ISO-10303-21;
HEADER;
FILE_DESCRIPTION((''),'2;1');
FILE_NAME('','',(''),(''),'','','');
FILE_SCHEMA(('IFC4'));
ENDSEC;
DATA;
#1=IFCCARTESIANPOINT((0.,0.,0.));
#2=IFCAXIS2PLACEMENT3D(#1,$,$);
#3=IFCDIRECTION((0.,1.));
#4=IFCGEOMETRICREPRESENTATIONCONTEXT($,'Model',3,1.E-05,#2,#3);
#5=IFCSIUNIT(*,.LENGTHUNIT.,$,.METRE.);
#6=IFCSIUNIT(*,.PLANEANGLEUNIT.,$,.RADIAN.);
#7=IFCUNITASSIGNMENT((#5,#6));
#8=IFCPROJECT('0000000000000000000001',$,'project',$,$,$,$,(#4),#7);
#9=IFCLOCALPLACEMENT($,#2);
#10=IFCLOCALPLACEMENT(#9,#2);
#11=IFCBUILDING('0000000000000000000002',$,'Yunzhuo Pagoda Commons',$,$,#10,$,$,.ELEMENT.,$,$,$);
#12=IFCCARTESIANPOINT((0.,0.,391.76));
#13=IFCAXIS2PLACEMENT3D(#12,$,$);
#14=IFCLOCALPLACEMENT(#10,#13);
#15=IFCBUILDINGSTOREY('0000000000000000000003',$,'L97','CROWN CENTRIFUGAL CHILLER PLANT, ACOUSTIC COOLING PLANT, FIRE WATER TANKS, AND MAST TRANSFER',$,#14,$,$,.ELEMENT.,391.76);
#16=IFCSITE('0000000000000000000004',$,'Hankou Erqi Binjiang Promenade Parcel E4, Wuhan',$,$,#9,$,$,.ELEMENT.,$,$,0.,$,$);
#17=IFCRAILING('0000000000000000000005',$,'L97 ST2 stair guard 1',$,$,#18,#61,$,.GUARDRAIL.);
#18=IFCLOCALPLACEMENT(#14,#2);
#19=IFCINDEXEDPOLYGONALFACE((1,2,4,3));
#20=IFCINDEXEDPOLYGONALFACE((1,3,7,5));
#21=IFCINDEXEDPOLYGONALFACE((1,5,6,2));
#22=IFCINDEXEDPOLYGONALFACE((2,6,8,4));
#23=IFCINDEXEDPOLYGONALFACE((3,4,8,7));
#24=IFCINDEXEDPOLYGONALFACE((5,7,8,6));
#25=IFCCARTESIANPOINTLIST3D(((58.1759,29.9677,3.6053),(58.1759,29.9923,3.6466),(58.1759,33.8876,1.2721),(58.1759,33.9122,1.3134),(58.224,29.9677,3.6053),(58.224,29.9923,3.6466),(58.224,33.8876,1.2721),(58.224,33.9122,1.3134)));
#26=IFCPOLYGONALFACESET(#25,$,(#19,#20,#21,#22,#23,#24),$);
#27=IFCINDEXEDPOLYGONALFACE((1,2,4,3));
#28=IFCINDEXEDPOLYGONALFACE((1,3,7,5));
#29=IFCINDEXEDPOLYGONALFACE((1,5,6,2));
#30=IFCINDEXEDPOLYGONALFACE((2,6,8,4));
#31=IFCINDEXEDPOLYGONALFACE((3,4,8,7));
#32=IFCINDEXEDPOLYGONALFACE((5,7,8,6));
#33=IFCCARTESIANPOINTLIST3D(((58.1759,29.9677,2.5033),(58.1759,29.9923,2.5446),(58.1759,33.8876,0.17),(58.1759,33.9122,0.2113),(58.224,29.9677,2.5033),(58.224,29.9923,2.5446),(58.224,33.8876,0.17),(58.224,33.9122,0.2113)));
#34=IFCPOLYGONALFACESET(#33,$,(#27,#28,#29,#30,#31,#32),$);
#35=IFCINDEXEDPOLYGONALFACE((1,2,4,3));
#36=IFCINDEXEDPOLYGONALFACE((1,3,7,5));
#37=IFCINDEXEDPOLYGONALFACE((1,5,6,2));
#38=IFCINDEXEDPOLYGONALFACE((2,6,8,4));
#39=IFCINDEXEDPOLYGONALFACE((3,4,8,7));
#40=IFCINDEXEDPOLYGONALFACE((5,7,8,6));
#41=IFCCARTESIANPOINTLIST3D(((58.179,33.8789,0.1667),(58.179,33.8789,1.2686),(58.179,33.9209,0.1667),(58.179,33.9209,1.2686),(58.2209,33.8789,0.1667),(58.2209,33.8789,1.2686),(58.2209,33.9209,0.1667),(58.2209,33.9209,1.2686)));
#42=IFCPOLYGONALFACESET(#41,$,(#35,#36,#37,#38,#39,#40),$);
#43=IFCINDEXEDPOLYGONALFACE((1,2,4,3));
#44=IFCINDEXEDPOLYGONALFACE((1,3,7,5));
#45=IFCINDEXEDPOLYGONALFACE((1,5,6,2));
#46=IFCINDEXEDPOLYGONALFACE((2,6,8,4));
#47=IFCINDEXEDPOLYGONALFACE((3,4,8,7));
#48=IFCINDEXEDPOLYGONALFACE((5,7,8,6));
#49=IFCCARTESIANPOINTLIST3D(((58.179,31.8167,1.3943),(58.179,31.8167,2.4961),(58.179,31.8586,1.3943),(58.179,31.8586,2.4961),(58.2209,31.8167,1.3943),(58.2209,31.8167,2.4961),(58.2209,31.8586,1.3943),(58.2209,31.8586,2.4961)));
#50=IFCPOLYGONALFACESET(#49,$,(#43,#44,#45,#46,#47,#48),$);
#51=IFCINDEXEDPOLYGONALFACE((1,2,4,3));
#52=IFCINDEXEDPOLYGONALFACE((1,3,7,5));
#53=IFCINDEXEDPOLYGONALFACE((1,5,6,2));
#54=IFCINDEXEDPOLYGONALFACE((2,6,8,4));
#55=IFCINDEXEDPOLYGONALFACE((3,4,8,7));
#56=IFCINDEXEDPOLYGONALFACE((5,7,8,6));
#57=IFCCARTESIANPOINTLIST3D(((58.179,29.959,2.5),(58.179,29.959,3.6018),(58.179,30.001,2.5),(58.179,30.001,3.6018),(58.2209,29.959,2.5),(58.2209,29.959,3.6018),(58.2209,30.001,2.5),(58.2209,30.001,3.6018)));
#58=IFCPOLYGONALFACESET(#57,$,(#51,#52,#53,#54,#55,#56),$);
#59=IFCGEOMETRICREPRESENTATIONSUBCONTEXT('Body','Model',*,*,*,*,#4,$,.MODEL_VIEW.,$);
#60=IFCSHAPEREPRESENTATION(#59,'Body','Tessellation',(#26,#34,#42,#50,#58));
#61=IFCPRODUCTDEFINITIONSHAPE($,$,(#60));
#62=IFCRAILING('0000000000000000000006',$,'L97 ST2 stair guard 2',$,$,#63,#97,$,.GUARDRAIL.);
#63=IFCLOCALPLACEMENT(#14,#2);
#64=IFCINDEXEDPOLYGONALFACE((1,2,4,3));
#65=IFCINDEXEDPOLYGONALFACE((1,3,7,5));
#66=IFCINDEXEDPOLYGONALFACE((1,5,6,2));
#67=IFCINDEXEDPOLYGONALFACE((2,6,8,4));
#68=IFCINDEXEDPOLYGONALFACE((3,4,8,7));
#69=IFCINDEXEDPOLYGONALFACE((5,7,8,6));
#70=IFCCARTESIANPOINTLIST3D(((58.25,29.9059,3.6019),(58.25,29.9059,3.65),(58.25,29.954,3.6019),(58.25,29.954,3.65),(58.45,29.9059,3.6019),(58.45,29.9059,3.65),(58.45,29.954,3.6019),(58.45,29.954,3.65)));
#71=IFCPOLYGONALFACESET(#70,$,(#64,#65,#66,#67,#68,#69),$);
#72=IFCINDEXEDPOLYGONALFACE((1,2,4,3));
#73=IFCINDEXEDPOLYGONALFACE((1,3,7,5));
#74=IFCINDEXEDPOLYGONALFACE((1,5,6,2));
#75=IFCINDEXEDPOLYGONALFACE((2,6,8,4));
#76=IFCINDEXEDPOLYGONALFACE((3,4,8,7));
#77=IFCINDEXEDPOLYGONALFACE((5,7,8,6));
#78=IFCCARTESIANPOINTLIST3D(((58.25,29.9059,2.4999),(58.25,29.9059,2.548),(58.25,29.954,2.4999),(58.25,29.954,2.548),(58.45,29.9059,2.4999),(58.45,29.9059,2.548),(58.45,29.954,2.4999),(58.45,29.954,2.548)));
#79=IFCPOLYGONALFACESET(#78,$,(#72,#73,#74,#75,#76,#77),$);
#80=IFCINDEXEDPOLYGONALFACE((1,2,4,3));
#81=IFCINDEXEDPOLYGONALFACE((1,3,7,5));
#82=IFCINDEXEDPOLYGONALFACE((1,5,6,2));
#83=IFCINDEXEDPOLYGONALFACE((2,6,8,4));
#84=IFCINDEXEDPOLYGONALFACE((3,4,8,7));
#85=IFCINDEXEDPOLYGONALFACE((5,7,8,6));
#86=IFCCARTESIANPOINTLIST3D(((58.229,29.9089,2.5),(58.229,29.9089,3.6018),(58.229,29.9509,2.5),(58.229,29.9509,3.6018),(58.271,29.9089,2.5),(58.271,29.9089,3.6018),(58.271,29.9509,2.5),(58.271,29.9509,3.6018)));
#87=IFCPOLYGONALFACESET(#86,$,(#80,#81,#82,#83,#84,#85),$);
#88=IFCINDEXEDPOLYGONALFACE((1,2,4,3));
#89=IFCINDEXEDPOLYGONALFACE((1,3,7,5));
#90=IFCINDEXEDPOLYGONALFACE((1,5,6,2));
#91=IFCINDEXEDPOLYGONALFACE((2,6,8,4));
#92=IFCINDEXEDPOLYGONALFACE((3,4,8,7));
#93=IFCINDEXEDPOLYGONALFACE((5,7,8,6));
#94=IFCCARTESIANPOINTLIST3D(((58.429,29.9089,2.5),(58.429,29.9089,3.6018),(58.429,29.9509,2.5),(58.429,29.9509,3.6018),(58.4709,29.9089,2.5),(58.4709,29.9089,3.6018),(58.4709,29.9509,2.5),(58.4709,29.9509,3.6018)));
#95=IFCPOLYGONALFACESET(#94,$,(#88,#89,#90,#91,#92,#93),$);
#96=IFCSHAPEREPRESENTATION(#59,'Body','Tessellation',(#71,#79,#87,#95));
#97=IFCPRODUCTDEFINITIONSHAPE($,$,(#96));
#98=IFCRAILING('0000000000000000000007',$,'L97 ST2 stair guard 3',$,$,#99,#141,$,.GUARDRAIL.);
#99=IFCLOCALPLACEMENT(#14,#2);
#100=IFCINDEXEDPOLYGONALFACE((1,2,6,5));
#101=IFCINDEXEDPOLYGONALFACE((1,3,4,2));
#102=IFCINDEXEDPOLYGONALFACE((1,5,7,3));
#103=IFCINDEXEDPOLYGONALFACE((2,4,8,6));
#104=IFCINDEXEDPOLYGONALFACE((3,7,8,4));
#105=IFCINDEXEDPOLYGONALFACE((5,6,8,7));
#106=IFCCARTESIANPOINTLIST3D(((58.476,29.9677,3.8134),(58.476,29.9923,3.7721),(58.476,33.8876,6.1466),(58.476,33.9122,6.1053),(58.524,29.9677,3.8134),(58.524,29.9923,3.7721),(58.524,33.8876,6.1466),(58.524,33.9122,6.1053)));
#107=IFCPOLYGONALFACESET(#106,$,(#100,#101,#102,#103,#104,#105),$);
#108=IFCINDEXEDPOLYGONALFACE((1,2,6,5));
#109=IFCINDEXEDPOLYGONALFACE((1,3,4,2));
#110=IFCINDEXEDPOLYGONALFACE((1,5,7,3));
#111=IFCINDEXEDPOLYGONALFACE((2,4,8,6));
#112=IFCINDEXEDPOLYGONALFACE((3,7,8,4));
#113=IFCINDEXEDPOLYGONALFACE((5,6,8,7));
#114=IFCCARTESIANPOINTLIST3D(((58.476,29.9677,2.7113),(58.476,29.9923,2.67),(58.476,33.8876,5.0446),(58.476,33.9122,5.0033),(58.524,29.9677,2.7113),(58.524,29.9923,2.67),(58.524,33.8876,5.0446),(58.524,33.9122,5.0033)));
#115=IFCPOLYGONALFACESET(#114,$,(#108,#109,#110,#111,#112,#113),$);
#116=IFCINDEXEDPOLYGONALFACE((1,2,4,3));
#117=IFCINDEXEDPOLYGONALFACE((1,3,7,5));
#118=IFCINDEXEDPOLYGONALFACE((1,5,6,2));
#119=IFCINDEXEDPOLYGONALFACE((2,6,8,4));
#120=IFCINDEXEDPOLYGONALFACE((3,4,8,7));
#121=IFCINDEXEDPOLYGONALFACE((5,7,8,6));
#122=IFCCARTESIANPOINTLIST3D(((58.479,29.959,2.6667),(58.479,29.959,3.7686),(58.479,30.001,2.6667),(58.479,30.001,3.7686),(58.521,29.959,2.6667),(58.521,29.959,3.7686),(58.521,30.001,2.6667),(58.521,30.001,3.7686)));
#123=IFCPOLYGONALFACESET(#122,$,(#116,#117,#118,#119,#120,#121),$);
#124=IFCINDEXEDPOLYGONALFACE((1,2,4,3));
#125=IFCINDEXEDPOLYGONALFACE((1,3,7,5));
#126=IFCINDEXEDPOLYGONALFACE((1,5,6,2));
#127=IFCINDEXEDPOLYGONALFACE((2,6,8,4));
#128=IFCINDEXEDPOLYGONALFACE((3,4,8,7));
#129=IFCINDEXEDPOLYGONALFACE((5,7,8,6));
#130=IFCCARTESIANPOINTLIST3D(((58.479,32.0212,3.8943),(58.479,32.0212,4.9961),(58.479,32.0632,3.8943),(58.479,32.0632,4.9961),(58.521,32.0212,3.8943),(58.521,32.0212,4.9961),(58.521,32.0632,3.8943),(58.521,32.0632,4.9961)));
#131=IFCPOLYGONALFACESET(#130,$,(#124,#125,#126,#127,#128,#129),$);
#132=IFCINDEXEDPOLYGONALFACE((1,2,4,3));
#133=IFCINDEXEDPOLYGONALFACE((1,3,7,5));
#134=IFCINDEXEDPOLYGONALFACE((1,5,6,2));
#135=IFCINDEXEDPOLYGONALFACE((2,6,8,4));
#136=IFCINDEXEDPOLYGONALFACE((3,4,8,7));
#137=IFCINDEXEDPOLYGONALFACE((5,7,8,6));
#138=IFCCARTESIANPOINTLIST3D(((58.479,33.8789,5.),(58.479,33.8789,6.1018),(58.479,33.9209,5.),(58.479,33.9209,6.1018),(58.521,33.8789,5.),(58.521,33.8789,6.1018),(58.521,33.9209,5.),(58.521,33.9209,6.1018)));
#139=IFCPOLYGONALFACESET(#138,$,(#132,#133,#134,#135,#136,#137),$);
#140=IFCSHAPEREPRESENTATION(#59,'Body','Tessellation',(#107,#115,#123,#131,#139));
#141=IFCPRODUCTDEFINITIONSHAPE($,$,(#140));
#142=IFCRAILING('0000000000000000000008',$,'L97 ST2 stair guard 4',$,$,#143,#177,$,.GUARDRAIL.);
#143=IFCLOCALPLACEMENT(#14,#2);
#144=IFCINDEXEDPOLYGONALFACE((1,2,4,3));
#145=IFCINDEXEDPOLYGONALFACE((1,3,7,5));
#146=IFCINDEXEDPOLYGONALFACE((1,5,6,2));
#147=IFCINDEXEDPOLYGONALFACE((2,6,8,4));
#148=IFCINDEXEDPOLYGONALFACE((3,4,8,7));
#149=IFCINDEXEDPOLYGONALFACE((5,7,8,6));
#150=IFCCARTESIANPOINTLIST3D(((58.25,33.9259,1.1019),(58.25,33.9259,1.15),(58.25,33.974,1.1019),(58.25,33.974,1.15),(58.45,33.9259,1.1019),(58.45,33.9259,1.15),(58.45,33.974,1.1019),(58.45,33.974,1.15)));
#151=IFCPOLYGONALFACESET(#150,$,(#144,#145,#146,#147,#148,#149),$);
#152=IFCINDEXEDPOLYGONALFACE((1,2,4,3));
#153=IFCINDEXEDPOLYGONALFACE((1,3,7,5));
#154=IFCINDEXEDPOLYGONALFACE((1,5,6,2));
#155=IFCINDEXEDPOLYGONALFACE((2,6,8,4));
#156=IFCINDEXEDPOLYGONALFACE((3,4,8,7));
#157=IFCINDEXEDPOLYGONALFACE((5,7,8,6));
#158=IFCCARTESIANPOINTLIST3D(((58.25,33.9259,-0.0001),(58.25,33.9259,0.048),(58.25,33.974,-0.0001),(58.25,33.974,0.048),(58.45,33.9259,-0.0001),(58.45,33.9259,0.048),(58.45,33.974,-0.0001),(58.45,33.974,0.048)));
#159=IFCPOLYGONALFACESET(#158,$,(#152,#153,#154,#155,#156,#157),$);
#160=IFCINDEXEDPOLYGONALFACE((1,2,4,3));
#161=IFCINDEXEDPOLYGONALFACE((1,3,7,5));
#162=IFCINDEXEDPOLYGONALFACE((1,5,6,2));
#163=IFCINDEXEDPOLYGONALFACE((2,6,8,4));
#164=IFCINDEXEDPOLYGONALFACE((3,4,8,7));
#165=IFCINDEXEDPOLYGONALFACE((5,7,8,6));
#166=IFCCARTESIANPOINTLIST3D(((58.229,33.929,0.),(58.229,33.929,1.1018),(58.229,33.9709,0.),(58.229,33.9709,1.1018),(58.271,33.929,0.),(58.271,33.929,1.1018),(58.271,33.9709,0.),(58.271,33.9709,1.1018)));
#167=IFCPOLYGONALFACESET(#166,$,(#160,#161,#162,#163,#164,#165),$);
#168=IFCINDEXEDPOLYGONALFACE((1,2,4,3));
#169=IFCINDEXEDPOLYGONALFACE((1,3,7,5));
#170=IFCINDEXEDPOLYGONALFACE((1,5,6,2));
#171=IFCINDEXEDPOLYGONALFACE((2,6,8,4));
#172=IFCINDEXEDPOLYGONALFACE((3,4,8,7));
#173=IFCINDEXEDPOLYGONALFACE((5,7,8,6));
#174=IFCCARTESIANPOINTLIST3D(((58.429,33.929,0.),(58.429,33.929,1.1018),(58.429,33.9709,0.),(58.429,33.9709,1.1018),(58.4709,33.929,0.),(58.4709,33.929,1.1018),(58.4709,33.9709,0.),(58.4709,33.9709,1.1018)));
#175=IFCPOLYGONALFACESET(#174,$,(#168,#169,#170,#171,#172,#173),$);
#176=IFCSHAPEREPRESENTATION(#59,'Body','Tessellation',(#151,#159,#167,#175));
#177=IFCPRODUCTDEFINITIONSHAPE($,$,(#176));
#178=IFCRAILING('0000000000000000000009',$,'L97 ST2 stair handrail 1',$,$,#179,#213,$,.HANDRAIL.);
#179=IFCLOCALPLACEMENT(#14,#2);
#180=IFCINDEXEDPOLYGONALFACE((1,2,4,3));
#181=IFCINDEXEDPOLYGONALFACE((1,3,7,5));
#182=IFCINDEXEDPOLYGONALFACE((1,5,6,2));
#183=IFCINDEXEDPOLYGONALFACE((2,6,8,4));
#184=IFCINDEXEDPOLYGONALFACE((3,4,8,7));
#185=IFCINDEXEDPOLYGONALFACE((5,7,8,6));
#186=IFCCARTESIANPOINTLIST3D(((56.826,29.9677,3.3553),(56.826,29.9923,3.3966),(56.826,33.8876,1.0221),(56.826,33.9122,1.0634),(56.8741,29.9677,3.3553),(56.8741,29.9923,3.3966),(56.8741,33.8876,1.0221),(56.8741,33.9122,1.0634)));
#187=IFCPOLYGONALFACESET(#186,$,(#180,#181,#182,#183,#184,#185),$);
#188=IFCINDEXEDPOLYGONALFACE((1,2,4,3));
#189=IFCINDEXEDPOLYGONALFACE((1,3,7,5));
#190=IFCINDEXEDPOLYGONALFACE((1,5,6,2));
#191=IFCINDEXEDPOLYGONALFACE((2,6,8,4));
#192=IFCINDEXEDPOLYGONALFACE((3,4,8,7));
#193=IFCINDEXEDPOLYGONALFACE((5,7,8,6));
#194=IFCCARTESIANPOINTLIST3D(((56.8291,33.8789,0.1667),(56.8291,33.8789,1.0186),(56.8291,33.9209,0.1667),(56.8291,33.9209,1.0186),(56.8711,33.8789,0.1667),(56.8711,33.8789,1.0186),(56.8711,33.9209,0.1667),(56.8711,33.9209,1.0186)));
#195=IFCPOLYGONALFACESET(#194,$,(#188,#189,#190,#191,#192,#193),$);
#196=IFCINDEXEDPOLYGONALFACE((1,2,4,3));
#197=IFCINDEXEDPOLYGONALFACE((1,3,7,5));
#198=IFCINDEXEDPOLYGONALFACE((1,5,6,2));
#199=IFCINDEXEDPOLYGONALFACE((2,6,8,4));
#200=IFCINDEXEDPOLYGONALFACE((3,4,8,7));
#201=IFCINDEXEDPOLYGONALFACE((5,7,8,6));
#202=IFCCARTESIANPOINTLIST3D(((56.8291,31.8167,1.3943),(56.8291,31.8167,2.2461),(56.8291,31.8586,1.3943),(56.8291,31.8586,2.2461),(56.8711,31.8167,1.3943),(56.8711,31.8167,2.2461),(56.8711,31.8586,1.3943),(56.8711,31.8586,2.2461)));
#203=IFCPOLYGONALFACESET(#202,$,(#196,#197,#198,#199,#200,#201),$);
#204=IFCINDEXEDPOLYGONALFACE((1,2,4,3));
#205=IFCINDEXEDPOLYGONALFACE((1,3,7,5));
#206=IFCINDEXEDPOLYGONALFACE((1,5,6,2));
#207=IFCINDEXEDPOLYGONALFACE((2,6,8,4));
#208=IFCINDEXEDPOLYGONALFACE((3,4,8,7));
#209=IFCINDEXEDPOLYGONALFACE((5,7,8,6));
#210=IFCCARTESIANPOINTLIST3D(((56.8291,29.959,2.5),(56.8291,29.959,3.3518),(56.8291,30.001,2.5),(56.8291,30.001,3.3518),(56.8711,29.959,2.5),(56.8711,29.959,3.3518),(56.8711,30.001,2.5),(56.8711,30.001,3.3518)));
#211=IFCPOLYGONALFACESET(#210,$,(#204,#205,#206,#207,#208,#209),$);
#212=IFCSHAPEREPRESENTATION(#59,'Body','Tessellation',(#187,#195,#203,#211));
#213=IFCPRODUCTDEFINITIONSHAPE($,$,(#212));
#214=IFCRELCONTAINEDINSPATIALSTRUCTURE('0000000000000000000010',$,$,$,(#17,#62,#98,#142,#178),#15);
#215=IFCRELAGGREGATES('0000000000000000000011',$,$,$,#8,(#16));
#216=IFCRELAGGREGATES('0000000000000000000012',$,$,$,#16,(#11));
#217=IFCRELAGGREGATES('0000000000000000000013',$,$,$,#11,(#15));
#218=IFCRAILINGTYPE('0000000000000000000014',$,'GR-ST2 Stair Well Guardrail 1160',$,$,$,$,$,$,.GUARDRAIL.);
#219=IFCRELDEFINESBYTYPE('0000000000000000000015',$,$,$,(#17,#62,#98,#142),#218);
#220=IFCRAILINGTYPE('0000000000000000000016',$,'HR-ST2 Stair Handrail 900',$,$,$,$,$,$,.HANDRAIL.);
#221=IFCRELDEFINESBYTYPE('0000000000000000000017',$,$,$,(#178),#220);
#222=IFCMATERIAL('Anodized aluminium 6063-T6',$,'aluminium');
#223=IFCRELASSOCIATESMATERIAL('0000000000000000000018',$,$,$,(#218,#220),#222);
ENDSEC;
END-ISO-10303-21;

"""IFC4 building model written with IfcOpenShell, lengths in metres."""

from ifc_helpers import new_model, si_unit, direction, frame, origin, origin_2d, place, context, subcontext, project, spatial, rectangle, extrude, material, type_object, element, save


model = new_model("IFC4")

# Units and contexts
model_context = context("Model", 3, precision=1e-05, world=origin(), true_north=direction((0.0, 1.0)))
body_context = subcontext(model_context, "Body", "Model", "MODEL_VIEW")
ifc_project = project(units=[si_unit("LENGTHUNIT", "METRE"), si_unit("PLANEANGLEUNIT", "RADIAN")], contexts=[model_context])

# Site, building, storey
site_placement = place(None, origin())
site = spatial("IfcSite", under=ifc_project, at=site_placement, Name="Hankou Erqi Binjiang Promenade Parcel E4, Wuhan", CompositionType="ELEMENT", RefElevation=0.0)
building_placement = place(site_placement, origin())
building = spatial("IfcBuilding", under=site, at=building_placement, Name="Yunzhuo Pagoda Commons", CompositionType="ELEMENT")
storey_placement = place(building_placement, frame((0.0, 0.0, 391.76)))
storey = spatial("IfcBuildingStorey", under=building, at=storey_placement, Name="L97", Description="CROWN CENTRIFUGAL CHILLER PLANT, ACOUSTIC COOLING PLANT, FIRE WATER TANKS, AND MAST TRANSFER", CompositionType="ELEMENT", Elevation=391.76)

# Railings
ifc_material_1 = material(Name="Anodized aluminium 6063-T6", Category="aluminium")
railing_type_1 = type_object("IfcRailingType", Name="GR-ST2 Stair Well Guardrail 1160", PredefinedType="GUARDRAIL", material=ifc_material_1)
railing_1_placement = place(storey_placement, frame((58.2, 33.8999, 0.1667)))
element("IfcRailing", 1, at=railing_1_placement, inside=storey, type_object=railing_type_1, Name="L97 ST2 stair guard 1", PredefinedType="GUARDRAIL", context=body_context, shape_type="SweptSolid", body=[
    extrude(rectangle(XDim=0.0481, YDim=0.0481, at=origin_2d()), frame((0.0, 0.0, 1.126), z_axis=(0.0, -0.859296, 0.511478), x_axis=(1.0, 0.0, 0.0)), (0.0, 0.0, 1.0), 4.5618),
    extrude(rectangle(XDim=0.0481, YDim=0.0481, at=origin_2d()), frame((0.0, 0.0, 0.0239), z_axis=(0.0, -0.859296, 0.511478), x_axis=(1.0, 0.0, 0.0)), (0.0, 0.0, 1.0), 4.5618),
    extrude(rectangle(XDim=0.042, YDim=0.042, at=origin_2d()), origin(), (0.0, 0.0, 1.0), 1.1018),
    extrude(rectangle(XDim=0.042, YDim=0.042, at=origin_2d()), frame((0.0, -2.0623, 1.2275)), (0.0, 0.0, 1.0), 1.1018),
    extrude(rectangle(XDim=0.042, YDim=0.042, at=origin_2d()), frame((0.0, -3.9199, 2.3333)), (0.0, 0.0, 1.0), 1.1018),
])
railing_2_placement = place(storey_placement, frame((58.25, 29.9299, 2.5)))
element("IfcRailing", 2, at=railing_2_placement, inside=storey, type_object=railing_type_1, Name="L97 ST2 stair guard 2", PredefinedType="GUARDRAIL", context=body_context, shape_type="SweptSolid", body=[
    extrude(rectangle(XDim=0.0481, YDim=0.0481, at=origin_2d()), frame((0.0, 0.0, 1.126), z_axis=(1.0, 0.0, 0.0), x_axis=(0.0, 1.0, 0.0)), (0.0, 0.0, 1.0), 0.2),
    extrude(rectangle(XDim=0.0481, YDim=0.0481, at=origin_2d()), frame((0.0, 0.0, 0.0239), z_axis=(1.0, 0.0, 0.0), x_axis=(0.0, 1.0, 0.0)), (0.0, 0.0, 1.0), 0.2),
    extrude(rectangle(XDim=0.042, YDim=0.042, at=origin_2d()), origin(), (0.0, 0.0, 1.0), 1.1018),
    extrude(rectangle(XDim=0.042, YDim=0.042, at=origin_2d()), frame((0.2, 0.0, 0.0)), (0.0, 0.0, 1.0), 1.1018),
])
railing_3_placement = place(storey_placement, frame((58.5, 29.98, 2.6667)))
element("IfcRailing", 3, at=railing_3_placement, inside=storey, type_object=railing_type_1, Name="L97 ST2 stair guard 3", PredefinedType="GUARDRAIL", context=body_context, shape_type="SweptSolid", body=[
    extrude(rectangle(XDim=0.0481, YDim=0.0481, at=origin_2d()), frame((0.0, 0.0, 1.126), z_axis=(0.0, 0.859296, 0.511478), x_axis=(-1.0, 0.0, 0.0)), (0.0, 0.0, 1.0), 4.5618),
    extrude(rectangle(XDim=0.0481, YDim=0.0481, at=origin_2d()), frame((0.0, 0.0, 0.0239), z_axis=(0.0, 0.859296, 0.511478), x_axis=(-1.0, 0.0, 0.0)), (0.0, 0.0, 1.0), 4.5618),
    extrude(rectangle(XDim=0.042, YDim=0.042, at=origin_2d()), origin(), (0.0, 0.0, 1.0), 1.1018),
    extrude(rectangle(XDim=0.042, YDim=0.042, at=origin_2d()), frame((0.0, 2.0623, 1.2275)), (0.0, 0.0, 1.0), 1.1018),
    extrude(rectangle(XDim=0.042, YDim=0.042, at=origin_2d()), frame((0.0, 3.9199, 2.3333)), (0.0, 0.0, 1.0), 1.1018),
])
railing_4_placement = place(storey_placement, frame((58.25, 33.95, 0.0)))
element("IfcRailing", 4, at=railing_4_placement, inside=storey, type_object=railing_type_1, Name="L97 ST2 stair guard 4", PredefinedType="GUARDRAIL", context=body_context, shape_type="SweptSolid", body=[
    extrude(rectangle(XDim=0.0481, YDim=0.0481, at=origin_2d()), frame((0.0, 0.0, 1.126), z_axis=(1.0, 0.0, 0.0), x_axis=(0.0, 1.0, 0.0)), (0.0, 0.0, 1.0), 0.2),
    extrude(rectangle(XDim=0.0481, YDim=0.0481, at=origin_2d()), frame((0.0, 0.0, 0.0239), z_axis=(1.0, 0.0, 0.0), x_axis=(0.0, 1.0, 0.0)), (0.0, 0.0, 1.0), 0.2),
    extrude(rectangle(XDim=0.042, YDim=0.042, at=origin_2d()), origin(), (0.0, 0.0, 1.0), 1.1018),
    extrude(rectangle(XDim=0.042, YDim=0.042, at=origin_2d()), frame((0.2, 0.0, 0.0)), (0.0, 0.0, 1.0), 1.1018),
])
railing_type_2 = type_object("IfcRailingType", Name="HR-ST2 Stair Handrail 900", PredefinedType="HANDRAIL", material=ifc_material_1)
railing_5_placement = place(storey_placement, frame((56.8501, 33.8999, 0.1667)))
element("IfcRailing", 5, at=railing_5_placement, inside=storey, type_object=railing_type_2, Name="L97 ST2 stair handrail 1", PredefinedType="HANDRAIL", context=body_context, shape_type="SweptSolid", body=[
    extrude(rectangle(XDim=0.0481, YDim=0.0481, at=origin_2d()), frame((0.0, 0.0, 0.876), z_axis=(0.0, -0.859296, 0.511478), x_axis=(1.0, 0.0, 0.0)), (0.0, 0.0, 1.0), 4.5618),
    extrude(rectangle(XDim=0.042, YDim=0.042, at=origin_2d()), origin(), (0.0, 0.0, 1.0), 0.8518),
    extrude(rectangle(XDim=0.042, YDim=0.042, at=origin_2d()), frame((0.0, -2.0623, 1.2275)), (0.0, 0.0, 1.0), 0.8518),
    extrude(rectangle(XDim=0.042, YDim=0.042, at=origin_2d()), frame((0.0, -3.9199, 2.3333)), (0.0, 0.0, 1.0), 0.8518),
])

save(model, "model.ifc")
